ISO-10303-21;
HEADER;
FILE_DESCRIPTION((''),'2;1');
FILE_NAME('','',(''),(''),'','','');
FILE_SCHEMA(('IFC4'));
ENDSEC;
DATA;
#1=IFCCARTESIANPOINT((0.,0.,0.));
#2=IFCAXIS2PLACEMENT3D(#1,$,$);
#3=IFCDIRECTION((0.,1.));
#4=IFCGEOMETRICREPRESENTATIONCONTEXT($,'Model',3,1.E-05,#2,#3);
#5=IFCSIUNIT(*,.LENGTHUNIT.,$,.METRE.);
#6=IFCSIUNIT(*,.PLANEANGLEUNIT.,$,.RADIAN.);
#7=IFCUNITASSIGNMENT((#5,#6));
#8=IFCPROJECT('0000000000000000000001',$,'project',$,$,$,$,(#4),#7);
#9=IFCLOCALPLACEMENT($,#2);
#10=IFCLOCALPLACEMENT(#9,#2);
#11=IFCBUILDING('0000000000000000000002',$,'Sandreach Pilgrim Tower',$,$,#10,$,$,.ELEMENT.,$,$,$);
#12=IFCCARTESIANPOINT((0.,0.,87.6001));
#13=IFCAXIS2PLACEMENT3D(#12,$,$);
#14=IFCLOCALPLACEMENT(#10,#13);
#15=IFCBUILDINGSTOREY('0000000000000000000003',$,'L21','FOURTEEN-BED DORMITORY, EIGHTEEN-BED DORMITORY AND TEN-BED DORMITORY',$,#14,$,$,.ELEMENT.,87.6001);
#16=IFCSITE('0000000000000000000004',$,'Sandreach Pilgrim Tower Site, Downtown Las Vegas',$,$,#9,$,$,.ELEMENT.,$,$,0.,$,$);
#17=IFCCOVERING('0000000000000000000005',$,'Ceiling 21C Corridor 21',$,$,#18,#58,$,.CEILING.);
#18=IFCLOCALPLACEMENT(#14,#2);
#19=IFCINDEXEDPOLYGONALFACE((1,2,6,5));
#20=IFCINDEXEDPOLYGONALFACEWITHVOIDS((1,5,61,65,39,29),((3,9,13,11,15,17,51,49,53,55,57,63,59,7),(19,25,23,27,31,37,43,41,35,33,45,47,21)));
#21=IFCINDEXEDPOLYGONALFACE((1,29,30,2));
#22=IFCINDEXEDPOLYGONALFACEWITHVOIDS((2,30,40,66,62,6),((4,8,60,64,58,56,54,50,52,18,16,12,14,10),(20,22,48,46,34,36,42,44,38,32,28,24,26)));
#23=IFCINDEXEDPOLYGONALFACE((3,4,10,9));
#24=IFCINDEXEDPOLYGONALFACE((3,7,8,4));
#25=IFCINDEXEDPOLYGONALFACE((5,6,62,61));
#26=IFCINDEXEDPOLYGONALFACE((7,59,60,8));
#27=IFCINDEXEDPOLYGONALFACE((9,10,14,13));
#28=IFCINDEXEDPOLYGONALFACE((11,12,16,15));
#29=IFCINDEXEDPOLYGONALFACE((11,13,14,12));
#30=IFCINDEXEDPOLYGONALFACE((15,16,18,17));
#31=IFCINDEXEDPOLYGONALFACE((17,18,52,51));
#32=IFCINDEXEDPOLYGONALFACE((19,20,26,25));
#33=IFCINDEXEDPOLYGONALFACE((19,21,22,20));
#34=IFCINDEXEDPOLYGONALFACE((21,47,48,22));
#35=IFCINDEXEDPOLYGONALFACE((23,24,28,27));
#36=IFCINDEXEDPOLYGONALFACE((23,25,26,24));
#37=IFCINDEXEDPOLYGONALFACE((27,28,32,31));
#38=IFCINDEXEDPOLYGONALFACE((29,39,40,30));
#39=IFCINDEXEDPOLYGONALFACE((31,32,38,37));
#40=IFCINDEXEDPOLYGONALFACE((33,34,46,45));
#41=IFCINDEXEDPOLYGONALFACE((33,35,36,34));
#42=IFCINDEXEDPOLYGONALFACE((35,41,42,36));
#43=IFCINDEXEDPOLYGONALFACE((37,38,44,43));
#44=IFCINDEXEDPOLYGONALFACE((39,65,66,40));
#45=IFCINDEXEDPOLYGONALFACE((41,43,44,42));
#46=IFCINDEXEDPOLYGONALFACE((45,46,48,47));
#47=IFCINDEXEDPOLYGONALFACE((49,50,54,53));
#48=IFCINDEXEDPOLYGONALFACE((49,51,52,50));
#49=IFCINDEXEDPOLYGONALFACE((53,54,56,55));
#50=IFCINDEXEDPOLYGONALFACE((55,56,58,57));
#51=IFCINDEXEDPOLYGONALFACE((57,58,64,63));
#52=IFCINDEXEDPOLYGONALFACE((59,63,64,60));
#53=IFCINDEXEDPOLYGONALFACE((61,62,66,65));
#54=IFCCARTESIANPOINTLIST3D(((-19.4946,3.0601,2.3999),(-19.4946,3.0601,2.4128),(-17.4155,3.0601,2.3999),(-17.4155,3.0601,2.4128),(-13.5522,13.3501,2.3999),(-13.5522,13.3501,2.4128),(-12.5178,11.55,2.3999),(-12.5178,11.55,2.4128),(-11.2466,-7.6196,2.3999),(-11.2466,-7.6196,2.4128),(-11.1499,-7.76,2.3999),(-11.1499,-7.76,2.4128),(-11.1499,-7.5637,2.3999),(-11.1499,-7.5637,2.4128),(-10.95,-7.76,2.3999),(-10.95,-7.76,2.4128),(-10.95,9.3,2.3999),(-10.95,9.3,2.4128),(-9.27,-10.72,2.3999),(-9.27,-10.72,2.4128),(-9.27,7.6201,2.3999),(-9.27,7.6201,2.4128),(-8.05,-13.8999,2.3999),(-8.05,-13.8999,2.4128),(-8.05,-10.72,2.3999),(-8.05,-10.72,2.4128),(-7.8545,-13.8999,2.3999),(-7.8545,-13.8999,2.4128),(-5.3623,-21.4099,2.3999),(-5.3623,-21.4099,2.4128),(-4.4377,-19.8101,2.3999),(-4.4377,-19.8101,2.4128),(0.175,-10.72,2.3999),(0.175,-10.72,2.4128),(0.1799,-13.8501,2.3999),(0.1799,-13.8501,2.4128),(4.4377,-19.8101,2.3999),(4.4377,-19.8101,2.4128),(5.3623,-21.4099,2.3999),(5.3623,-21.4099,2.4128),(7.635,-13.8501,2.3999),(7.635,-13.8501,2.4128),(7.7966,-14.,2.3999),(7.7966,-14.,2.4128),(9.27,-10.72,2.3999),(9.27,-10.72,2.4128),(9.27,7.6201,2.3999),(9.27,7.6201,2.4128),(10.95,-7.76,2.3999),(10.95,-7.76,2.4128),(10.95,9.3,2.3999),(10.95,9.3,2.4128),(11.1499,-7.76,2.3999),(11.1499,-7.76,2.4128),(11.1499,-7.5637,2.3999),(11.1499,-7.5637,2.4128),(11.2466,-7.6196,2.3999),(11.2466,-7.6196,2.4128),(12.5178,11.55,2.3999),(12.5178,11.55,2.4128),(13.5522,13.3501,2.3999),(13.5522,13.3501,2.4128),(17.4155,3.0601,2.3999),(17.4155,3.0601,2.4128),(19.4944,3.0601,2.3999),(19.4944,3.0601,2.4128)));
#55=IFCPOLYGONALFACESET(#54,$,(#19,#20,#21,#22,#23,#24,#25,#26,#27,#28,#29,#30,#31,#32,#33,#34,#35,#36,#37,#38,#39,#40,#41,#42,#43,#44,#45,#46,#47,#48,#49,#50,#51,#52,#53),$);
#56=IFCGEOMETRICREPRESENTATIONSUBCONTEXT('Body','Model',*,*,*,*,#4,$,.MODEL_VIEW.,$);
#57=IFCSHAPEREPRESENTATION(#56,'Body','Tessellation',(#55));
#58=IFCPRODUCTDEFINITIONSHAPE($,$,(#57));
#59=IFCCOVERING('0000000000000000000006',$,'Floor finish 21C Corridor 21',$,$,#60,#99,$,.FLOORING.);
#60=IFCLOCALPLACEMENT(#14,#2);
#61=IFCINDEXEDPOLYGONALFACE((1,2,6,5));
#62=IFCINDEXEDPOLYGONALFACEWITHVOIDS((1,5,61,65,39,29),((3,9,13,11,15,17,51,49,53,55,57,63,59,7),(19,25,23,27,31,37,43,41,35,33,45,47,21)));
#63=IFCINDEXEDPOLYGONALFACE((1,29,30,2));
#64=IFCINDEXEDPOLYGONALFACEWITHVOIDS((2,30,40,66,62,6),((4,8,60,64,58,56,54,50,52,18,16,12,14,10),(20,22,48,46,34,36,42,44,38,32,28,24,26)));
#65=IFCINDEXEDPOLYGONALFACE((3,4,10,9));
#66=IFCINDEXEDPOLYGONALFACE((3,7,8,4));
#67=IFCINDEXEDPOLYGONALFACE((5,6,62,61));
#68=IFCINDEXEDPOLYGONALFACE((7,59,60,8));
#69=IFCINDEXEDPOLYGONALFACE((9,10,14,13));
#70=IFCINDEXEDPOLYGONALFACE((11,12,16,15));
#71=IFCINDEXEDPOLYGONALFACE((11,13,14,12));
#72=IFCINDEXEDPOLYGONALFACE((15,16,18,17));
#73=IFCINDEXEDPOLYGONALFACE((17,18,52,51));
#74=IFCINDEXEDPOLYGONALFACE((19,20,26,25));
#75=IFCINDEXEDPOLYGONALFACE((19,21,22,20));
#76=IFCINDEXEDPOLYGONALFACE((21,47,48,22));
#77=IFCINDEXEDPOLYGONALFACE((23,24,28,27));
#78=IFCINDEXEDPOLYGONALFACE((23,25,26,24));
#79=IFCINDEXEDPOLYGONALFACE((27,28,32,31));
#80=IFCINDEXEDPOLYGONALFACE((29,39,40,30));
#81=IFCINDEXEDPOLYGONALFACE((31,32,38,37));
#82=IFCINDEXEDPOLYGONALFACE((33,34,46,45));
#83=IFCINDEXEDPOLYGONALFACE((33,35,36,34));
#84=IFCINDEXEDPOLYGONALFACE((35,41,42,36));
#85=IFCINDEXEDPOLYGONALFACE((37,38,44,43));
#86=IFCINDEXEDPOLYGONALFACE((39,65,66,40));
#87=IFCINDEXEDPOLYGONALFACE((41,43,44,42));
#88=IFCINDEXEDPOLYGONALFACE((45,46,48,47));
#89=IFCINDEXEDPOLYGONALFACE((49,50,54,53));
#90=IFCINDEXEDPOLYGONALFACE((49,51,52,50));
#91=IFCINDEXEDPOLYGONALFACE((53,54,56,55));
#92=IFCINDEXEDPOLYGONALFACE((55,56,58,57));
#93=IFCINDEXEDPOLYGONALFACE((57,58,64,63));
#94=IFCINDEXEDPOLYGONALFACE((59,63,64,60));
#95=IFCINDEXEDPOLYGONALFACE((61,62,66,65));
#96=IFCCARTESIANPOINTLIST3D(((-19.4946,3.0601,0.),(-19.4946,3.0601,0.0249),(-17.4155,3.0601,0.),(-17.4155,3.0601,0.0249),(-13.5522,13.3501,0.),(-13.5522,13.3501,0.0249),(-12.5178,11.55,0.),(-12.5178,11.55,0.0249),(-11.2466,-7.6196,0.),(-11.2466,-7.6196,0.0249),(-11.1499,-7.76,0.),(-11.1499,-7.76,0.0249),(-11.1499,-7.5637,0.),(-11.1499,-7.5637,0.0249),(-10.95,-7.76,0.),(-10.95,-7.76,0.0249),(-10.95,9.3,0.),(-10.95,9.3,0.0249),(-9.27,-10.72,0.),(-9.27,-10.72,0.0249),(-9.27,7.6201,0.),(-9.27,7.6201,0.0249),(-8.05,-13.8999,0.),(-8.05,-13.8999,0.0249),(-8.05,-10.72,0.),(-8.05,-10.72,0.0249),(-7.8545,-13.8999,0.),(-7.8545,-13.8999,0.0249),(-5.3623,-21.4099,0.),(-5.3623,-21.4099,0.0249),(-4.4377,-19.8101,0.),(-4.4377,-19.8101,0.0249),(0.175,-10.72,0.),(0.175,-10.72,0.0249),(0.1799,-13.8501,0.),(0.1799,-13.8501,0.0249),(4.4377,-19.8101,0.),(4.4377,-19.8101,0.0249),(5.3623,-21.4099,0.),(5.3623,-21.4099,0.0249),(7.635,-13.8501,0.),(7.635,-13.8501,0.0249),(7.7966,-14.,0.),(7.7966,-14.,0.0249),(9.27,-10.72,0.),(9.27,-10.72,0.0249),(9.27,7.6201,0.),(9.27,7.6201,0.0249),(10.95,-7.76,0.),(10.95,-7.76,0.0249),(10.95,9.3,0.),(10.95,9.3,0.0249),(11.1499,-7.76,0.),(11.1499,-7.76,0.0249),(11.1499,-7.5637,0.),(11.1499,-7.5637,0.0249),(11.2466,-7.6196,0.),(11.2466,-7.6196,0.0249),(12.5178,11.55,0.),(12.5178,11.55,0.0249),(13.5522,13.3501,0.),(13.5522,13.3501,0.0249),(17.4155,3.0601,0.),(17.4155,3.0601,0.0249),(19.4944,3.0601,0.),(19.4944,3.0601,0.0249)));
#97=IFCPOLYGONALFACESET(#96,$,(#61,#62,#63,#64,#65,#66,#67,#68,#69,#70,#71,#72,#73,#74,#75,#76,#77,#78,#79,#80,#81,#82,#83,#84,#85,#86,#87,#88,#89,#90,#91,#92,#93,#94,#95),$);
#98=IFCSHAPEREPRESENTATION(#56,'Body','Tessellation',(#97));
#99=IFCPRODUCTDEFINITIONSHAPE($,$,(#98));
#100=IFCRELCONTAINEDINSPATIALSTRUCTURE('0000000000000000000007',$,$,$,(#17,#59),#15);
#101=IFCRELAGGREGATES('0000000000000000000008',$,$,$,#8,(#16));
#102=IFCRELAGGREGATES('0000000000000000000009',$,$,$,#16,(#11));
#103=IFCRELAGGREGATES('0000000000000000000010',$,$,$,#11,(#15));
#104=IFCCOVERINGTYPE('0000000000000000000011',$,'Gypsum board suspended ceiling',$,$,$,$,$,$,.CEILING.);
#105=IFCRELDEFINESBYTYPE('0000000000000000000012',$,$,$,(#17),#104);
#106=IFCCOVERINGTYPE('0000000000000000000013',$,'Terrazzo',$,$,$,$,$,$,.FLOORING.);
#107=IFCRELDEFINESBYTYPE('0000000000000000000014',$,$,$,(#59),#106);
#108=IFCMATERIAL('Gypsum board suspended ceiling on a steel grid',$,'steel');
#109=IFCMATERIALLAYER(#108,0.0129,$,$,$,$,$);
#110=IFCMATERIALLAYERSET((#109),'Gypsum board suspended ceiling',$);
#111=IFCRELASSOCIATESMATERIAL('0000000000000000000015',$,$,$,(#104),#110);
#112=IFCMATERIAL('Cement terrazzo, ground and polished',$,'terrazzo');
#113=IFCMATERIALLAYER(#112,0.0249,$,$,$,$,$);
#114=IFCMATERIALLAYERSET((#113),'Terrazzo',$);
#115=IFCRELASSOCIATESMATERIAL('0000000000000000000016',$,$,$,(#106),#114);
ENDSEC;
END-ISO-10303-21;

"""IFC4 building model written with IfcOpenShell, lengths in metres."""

from ifc_helpers import new_model, si_unit, direction, frame, origin, place, context, subcontext, project, spatial, polyline, outline, extrude, material, layer, layer_set, type_object, element, save


model = new_model("IFC4")

# Units and contexts
model_context = context("Model", 3, precision=1e-05, world=origin(), true_north=direction((0.0, 1.0)))
body_context = subcontext(model_context, "Body", "Model", "MODEL_VIEW")
ifc_project = project(units=[si_unit("LENGTHUNIT", "METRE"), si_unit("PLANEANGLEUNIT", "RADIAN")], contexts=[model_context])

# Site, building, storey
site_placement = place(None, origin())
site = spatial("IfcSite", under=ifc_project, at=site_placement, Name="Sandreach Pilgrim Tower Site, Downtown Las Vegas", CompositionType="ELEMENT", RefElevation=0.0)
building_placement = place(site_placement, origin())
building = spatial("IfcBuilding", under=site, at=building_placement, Name="Sandreach Pilgrim Tower", CompositionType="ELEMENT")
storey_placement = place(building_placement, frame((0.0, 0.0, 87.6001)))
storey = spatial("IfcBuildingStorey", under=building, at=storey_placement, Name="L21", Description="FOURTEEN-BED DORMITORY, EIGHTEEN-BED DORMITORY AND TEN-BED DORMITORY", CompositionType="ELEMENT", Elevation=87.6001)

# Coverings
ifc_material_1 = material(Name="Gypsum board suspended ceiling on a steel grid", Category="steel")
ifc_layer_1 = layer(ifc_material_1, 0.0129)
ifc_layer_set_1 = layer_set([ifc_layer_1], Name="Gypsum board suspended ceiling")
covering_type_1 = type_object("IfcCoveringType", Name="Gypsum board suspended ceiling", PredefinedType="CEILING", material=ifc_layer_set_1)
covering_1_placement = place(storey_placement, frame((0.0, 0.0, 2.3999)))
element("IfcCovering", 1, at=covering_1_placement, inside=storey, type_object=covering_type_1, Name="Ceiling 21C Corridor 21", PredefinedType="CEILING", context=body_context, shape_type="SweptSolid", body=[
    extrude(outline(polyline([(-19.4946, 3.0601), (-13.5522, 13.3501), (13.5522, 13.3501), (19.4944, 3.0601), (5.3623, -21.4099), (-5.3623, -21.4099), (-19.4946, 3.0601)]), holes=[polyline([(-17.4155, 3.0601), (-11.2466, -7.6196), (-11.1499, -7.5637), (-11.1499, -7.76), (-10.95, -7.76), (-10.95, 9.3), (10.95, 9.3), (10.95, -7.76), (11.1499, -7.76), (11.1499, -7.5637), (11.2466, -7.6196), (17.4155, 3.0601), (12.5178, 11.55), (-12.5178, 11.55), (-17.4155, 3.0601)]), polyline([(-8.05, -10.72), (-8.05, -13.8999), (-7.8545, -13.8999), (-4.4377, -19.8101), (4.4377, -19.8101), (7.7966, -14.0), (7.635, -13.8501), (0.1799, -13.8501), (0.175, -10.72), (9.27, -10.72), (9.27, 7.6201), (-9.27, 7.6201), (-9.27, -10.72), (-8.05, -10.72)])]), origin(), (0.0, 0.0, 1.0), 0.0129),
])
ifc_material_2 = material(Name="Cement terrazzo, ground and polished", Category="terrazzo")
ifc_layer_2 = layer(ifc_material_2, 0.0249)
ifc_layer_set_2 = layer_set([ifc_layer_2], Name="Terrazzo")
covering_type_2 = type_object("IfcCoveringType", Name="Terrazzo", PredefinedType="FLOORING", material=ifc_layer_set_2)
covering_2_placement = place(storey_placement, origin())
element("IfcCovering", 2, at=covering_2_placement, inside=storey, type_object=covering_type_2, Name="Floor finish 21C Corridor 21", PredefinedType="FLOORING", context=body_context, shape_type="SweptSolid", body=[
    extrude(outline(polyline([(-19.4946, 3.0601), (-13.5522, 13.3501), (13.5522, 13.3501), (19.4944, 3.0601), (5.3623, -21.4099), (-5.3623, -21.4099), (-19.4946, 3.0601)]), holes=[polyline([(-17.4155, 3.0601), (-11.2466, -7.6196), (-11.1499, -7.5637), (-11.1499, -7.76), (-10.95, -7.76), (-10.95, 9.3), (10.95, 9.3), (10.95, -7.76), (11.1499, -7.76), (11.1499, -7.5637), (11.2466, -7.6196), (17.4155, 3.0601), (12.5178, 11.55), (-12.5178, 11.55), (-17.4155, 3.0601)]), polyline([(-8.05, -10.72), (-8.05, -13.8999), (-7.8545, -13.8999), (-4.4377, -19.8101), (4.4377, -19.8101), (7.7966, -14.0), (7.635, -13.8501), (0.1799, -13.8501), (0.175, -10.72), (9.27, -10.72), (9.27, 7.6201), (-9.27, 7.6201), (-9.27, -10.72), (-8.05, -10.72)])]), origin(), (0.0, 0.0, 1.0), 0.0249),
])

save(model, "model.ifc")
